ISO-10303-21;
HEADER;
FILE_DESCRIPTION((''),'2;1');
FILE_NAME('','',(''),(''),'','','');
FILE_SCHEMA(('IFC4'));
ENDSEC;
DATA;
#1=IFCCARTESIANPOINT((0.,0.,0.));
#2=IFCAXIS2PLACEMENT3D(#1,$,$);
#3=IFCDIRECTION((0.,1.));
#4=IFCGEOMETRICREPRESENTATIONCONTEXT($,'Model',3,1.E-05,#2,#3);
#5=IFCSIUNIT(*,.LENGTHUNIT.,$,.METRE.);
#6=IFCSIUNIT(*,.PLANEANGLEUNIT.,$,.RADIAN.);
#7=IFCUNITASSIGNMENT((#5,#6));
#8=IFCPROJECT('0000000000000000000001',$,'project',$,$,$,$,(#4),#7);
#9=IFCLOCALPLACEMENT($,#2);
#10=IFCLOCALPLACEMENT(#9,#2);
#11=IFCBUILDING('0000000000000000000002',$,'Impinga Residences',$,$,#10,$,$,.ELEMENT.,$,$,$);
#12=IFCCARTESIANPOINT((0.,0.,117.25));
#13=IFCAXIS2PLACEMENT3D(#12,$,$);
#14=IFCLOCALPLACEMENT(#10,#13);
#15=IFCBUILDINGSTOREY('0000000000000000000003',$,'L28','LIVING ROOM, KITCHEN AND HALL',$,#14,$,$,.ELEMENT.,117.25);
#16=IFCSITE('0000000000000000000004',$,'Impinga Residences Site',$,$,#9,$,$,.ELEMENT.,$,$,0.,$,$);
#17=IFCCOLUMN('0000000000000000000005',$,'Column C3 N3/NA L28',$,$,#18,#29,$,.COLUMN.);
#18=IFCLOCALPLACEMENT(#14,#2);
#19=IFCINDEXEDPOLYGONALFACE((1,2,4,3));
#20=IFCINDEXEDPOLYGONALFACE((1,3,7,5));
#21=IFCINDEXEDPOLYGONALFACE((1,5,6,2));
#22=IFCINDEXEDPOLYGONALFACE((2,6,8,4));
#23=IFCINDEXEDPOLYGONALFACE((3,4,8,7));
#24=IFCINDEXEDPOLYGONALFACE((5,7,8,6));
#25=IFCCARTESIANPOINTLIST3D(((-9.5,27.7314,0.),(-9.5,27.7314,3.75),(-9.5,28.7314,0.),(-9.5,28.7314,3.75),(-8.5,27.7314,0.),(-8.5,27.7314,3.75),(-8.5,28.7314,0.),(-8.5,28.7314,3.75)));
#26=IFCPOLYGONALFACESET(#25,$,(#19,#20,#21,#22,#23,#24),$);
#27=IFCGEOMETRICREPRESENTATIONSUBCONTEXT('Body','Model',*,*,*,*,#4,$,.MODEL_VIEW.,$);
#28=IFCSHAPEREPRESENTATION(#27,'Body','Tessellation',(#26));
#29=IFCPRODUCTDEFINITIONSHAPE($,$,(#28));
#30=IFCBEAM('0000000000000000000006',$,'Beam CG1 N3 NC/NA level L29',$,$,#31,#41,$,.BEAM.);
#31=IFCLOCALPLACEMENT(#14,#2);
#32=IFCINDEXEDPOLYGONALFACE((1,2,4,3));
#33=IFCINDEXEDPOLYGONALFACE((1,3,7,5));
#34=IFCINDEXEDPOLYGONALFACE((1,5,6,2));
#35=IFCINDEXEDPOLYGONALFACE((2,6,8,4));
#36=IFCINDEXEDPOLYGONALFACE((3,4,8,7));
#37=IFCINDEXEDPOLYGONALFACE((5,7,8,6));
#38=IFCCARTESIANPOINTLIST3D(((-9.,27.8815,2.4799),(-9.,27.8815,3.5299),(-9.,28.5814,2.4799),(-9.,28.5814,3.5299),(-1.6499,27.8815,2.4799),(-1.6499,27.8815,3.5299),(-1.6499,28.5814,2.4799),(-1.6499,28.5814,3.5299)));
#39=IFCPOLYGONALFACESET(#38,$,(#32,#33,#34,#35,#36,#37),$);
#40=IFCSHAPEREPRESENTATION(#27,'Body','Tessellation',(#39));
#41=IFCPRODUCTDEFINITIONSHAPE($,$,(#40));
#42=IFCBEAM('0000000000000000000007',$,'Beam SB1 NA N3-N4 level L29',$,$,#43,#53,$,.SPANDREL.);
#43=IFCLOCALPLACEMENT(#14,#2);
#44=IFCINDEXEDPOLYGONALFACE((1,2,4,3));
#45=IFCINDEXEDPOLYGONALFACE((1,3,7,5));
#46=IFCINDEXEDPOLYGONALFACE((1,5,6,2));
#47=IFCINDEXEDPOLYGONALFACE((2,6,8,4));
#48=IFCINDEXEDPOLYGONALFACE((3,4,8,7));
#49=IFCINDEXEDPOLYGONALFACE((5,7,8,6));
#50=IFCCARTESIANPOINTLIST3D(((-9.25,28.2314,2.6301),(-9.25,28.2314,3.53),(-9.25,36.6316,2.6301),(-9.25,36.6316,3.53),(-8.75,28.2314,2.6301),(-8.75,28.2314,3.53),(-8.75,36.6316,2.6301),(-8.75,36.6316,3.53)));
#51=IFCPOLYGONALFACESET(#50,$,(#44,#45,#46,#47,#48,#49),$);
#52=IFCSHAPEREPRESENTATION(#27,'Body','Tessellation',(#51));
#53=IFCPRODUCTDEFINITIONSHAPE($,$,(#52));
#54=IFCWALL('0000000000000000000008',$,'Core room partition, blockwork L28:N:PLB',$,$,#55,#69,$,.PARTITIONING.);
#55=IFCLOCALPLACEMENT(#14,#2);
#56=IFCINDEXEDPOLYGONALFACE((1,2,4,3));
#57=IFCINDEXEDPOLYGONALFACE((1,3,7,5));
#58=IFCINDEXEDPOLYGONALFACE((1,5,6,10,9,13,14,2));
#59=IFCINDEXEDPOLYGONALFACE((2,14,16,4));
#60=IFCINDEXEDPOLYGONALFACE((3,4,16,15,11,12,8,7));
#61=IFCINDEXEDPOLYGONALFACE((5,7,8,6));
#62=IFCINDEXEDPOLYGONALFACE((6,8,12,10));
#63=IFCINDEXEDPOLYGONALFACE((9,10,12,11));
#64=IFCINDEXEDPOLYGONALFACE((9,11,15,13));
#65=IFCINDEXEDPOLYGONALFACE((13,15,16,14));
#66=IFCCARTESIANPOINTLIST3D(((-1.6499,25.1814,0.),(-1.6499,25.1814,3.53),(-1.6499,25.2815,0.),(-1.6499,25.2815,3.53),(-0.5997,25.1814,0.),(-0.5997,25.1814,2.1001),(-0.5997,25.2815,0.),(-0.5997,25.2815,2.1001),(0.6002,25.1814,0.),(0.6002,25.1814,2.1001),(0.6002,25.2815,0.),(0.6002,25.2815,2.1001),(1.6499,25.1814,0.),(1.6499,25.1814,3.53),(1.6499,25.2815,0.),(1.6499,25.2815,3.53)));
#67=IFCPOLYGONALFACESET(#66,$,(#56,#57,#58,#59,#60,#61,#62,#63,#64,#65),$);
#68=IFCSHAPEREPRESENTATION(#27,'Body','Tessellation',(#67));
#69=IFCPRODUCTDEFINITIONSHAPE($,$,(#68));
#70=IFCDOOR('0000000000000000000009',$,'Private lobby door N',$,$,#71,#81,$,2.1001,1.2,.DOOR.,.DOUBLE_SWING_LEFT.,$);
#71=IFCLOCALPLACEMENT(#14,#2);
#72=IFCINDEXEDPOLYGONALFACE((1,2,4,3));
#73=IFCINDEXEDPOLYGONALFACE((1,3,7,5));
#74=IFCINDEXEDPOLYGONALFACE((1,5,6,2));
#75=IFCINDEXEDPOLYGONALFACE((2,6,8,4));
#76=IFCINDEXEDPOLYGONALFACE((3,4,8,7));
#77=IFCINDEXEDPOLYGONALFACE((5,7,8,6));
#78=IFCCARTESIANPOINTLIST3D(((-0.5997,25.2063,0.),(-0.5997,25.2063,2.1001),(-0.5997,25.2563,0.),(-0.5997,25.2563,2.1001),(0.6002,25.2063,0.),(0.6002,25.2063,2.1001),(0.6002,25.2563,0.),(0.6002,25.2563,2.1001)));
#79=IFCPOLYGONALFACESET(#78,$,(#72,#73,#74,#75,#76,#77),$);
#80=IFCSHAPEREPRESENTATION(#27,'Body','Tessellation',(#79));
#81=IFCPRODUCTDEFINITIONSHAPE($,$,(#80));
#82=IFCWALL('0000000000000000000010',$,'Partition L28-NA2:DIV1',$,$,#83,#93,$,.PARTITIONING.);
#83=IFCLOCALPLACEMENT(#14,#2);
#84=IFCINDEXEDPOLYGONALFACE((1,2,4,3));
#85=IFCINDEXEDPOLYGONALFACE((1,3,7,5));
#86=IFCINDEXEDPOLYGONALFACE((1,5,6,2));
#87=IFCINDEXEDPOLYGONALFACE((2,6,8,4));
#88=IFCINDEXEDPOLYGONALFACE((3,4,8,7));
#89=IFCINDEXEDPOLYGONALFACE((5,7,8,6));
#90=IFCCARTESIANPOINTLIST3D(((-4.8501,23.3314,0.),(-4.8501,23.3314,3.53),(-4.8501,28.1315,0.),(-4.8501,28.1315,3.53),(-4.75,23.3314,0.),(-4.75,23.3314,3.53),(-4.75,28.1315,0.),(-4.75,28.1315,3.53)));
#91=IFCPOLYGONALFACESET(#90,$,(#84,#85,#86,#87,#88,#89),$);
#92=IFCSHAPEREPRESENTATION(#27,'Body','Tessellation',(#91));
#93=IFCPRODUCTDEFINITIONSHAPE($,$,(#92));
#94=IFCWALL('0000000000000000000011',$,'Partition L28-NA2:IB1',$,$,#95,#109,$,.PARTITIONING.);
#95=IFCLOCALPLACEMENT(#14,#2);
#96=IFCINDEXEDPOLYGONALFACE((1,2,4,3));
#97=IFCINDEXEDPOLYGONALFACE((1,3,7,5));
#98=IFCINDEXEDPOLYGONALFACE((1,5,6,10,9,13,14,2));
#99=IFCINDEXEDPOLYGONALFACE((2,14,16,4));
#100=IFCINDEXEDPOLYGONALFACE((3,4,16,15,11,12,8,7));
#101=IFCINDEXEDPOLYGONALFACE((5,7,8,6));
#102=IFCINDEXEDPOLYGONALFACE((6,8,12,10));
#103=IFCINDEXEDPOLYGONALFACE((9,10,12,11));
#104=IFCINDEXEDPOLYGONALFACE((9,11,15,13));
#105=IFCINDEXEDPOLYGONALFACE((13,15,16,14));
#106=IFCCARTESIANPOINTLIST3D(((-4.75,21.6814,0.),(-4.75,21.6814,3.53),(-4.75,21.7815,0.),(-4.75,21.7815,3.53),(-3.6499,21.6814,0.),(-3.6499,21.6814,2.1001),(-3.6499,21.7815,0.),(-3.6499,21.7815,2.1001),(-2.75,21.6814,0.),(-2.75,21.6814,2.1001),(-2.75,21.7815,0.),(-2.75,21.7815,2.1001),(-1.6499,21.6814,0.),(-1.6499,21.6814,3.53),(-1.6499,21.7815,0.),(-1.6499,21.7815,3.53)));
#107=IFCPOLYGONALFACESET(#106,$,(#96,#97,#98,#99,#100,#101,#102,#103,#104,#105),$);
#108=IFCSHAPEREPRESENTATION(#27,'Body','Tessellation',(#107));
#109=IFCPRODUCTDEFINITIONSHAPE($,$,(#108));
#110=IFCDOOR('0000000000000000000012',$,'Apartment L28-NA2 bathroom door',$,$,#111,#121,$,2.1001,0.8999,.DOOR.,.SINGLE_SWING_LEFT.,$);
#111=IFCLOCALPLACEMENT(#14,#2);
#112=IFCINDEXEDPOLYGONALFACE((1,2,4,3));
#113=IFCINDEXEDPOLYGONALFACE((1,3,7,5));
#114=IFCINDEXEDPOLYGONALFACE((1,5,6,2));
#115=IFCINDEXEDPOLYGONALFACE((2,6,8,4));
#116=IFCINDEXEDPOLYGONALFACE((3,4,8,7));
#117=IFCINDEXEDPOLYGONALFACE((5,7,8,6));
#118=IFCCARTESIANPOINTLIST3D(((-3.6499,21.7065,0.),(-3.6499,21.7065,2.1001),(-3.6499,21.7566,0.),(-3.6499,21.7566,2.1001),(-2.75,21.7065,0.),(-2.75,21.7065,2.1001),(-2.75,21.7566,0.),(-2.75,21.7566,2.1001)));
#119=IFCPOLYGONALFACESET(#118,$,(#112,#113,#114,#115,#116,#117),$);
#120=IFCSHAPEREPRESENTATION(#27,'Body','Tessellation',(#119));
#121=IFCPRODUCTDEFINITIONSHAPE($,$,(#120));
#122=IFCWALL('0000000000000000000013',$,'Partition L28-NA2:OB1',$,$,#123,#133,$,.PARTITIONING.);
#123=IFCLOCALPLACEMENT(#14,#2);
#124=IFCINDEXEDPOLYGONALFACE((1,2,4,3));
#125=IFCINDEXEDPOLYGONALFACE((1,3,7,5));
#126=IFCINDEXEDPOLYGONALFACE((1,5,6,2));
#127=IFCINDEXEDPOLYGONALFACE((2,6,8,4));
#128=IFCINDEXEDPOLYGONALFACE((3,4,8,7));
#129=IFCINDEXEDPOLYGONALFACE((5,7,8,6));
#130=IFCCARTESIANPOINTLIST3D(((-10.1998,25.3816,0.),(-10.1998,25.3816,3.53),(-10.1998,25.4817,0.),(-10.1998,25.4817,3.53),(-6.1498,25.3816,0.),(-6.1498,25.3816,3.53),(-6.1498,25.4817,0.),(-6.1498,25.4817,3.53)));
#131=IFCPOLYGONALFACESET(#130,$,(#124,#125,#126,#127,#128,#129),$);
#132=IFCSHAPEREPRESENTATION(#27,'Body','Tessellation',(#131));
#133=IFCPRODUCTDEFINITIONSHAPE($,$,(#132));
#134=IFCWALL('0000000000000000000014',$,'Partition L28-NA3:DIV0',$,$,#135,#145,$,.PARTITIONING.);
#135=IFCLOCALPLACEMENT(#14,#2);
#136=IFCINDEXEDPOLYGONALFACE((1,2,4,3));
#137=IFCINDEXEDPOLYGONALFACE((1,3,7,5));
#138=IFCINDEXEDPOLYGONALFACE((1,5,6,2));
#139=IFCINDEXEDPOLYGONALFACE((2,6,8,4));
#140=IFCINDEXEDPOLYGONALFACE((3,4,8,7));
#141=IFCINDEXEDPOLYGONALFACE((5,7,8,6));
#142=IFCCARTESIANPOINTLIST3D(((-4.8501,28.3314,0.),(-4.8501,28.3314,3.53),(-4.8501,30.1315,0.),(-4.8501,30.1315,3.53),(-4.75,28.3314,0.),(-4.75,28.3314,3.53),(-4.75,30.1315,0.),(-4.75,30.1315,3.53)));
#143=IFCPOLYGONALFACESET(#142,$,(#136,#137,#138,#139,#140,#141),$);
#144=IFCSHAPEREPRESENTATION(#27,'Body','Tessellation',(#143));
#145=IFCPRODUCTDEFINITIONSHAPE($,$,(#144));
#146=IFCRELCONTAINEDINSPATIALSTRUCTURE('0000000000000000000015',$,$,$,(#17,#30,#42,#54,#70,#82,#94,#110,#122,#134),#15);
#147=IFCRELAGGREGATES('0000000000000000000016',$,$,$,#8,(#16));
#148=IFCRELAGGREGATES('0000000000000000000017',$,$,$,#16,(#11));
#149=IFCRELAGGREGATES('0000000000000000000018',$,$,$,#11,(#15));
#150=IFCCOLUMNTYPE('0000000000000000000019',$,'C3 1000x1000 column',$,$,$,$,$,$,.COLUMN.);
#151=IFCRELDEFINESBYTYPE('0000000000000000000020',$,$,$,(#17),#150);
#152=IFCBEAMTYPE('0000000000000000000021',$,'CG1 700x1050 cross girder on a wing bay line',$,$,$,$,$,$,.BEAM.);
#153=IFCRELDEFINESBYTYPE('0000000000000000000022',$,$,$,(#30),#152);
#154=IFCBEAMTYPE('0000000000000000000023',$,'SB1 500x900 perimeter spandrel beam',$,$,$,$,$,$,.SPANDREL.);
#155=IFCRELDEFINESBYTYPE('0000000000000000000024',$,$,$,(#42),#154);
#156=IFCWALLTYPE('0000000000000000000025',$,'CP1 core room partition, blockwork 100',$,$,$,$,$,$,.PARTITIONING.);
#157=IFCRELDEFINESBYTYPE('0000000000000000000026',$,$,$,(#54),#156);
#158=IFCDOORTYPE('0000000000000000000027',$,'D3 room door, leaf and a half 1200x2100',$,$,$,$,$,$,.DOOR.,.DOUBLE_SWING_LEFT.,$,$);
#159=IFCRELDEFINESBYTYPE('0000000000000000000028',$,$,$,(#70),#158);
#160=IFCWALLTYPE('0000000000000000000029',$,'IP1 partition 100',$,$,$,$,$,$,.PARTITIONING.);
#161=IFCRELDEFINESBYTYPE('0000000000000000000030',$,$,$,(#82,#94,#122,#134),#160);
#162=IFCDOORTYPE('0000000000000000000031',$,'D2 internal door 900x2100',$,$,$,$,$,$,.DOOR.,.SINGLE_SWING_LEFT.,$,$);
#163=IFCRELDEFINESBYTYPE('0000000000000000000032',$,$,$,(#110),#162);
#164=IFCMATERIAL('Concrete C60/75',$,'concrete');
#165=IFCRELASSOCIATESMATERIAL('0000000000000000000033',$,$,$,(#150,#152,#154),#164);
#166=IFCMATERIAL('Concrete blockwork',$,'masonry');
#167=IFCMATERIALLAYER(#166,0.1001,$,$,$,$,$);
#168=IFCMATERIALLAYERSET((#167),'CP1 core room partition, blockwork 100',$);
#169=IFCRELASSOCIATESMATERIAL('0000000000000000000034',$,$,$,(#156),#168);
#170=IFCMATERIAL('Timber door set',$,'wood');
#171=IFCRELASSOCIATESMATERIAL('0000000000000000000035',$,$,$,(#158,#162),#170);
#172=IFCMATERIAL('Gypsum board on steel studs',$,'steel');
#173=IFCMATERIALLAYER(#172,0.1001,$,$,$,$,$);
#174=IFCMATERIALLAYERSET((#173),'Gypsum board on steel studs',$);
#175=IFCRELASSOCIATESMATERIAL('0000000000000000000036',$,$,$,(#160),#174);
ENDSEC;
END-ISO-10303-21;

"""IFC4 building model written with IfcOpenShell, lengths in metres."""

from ifc_helpers import new_model, si_unit, direction, frame, frame_2d, origin, origin_2d, place, context, subcontext, project, spatial, rectangle, extrude, material, layer, layer_set, material_profile, profile_set, type_object, element, fill, save


model = new_model("IFC4")

# Units and contexts
model_context = context("Model", 3, precision=1e-05, world=origin(), true_north=direction((0.0, 1.0)))
body_context = subcontext(model_context, "Body", "Model", "MODEL_VIEW")
ifc_project = project(units=[si_unit("LENGTHUNIT", "METRE"), si_unit("PLANEANGLEUNIT", "RADIAN")], contexts=[model_context])

# Site, building, storey
site_placement = place(None, origin())
site = spatial("IfcSite", under=ifc_project, at=site_placement, Name="Impinga Residences Site", CompositionType="ELEMENT", RefElevation=0.0)
building_placement = place(site_placement, origin())
building = spatial("IfcBuilding", under=site, at=building_placement, Name="Impinga Residences", CompositionType="ELEMENT")
storey_placement = place(building_placement, frame((0.0, 0.0, 117.25)))
storey = spatial("IfcBuildingStorey", under=building, at=storey_placement, Name="L28", Description="LIVING ROOM, KITCHEN AND HALL", CompositionType="ELEMENT", Elevation=117.25)

# Column
ifc_material_1 = material(Name="Concrete C60/75", Category="concrete")
ifc_material_profile_1 = material_profile(ifc_material_1, rectangle(XDim=1.0, YDim=1.0, at=origin_2d()), Name="RC 1000x1000")
ifc_profile_set_1 = profile_set([ifc_material_profile_1], Name="Concrete C60/75")
column_type = type_object("IfcColumnType", Name="C3 1000x1000 column", PredefinedType="COLUMN", material=ifc_profile_set_1)
column_placement = place(storey_placement, frame((-9.0, 28.2314, 0.0), z_axis=(0.0, 0.0, 1.0), x_axis=(1.0, 0.0, 0.0)))
element("IfcColumn", 1, at=column_placement, inside=storey, type_object=column_type, Name="Column C3 N3/NA L28", PredefinedType="COLUMN", context=body_context, shape_type="SweptSolid", body=[
    extrude(rectangle(XDim=1.0, YDim=1.0, at=origin_2d()), origin(), (0.0, 0.0, 1.0), 3.75),
])

# Beams
ifc_material_profile_2 = material_profile(ifc_material_1, rectangle(XDim=0.7, YDim=1.05, at=origin_2d()), Name="RC 700x1050")
ifc_profile_set_2 = profile_set([ifc_material_profile_2], Name="Concrete C60/75")
beam_type_1 = type_object("IfcBeamType", Name="CG1 700x1050 cross girder on a wing bay line", PredefinedType="BEAM", material=ifc_profile_set_2)
beam_1_placement = place(storey_placement, frame((-1.6499, 28.2314, 3.0049), z_axis=(-1.0, 0.0, 0.0), x_axis=(0.0, -1.0, 0.0)))
element("IfcBeam", 2, at=beam_1_placement, inside=storey, type_object=beam_type_1, Name="Beam CG1 N3 NC/NA level L29", PredefinedType="BEAM", context=body_context, shape_type="SweptSolid", body=[
    extrude(rectangle(XDim=0.7, YDim=1.05, at=origin_2d()), origin(), (0.0, 0.0, 1.0), 7.3501),
])
ifc_material_profile_3 = material_profile(ifc_material_1, rectangle(XDim=0.5, YDim=0.8999, at=origin_2d()), Name="RC 500x900")
ifc_profile_set_3 = profile_set([ifc_material_profile_3], Name="Concrete C60/75")
beam_type_2 = type_object("IfcBeamType", Name="SB1 500x900 perimeter spandrel beam", PredefinedType="SPANDREL", material=ifc_profile_set_3)
beam_2_placement = place(storey_placement, frame((-9.0, 28.2314, 3.0801), z_axis=(0.0, 1.0, 0.0), x_axis=(-1.0, 0.0, 0.0)))
element("IfcBeam", 3, at=beam_2_placement, inside=storey, type_object=beam_type_2, Name="Beam SB1 NA N3-N4 level L29", PredefinedType="SPANDREL", context=body_context, shape_type="SweptSolid", body=[
    extrude(rectangle(XDim=0.5, YDim=0.8999, at=origin_2d()), origin(), (0.0, 0.0, 1.0), 8.4001),
])

# Wall, opening, door
ifc_material_2 = material(Name="Concrete blockwork", Category="masonry")
ifc_layer_1 = layer(ifc_material_2, 0.1001)
ifc_layer_set_1 = layer_set([ifc_layer_1], Name="CP1 core room partition, blockwork 100")
wall_type_1 = type_object("IfcWallType", Name="CP1 core room partition, blockwork 100", PredefinedType="PARTITIONING", material=ifc_layer_set_1)
wall_1_placement = place(storey_placement, frame((-1.6499, 25.2314, 0.0), z_axis=(0.0, 0.0, 1.0), x_axis=(1.0, 0.0, 0.0)))
wall_1 = element("IfcWall", 4, at=wall_1_placement, inside=storey, type_object=wall_type_1, Name="Core room partition, blockwork L28:N:PLB", PredefinedType="PARTITIONING", context=body_context, shape_type="SweptSolid", body=[
    extrude(rectangle(XDim=3.2998, YDim=0.1001, at=frame_2d((1.6499, 0.0))), origin(), (0.0, 0.0, 1.0), 3.53),
])
opening_1_placement = place(wall_1_placement, frame((1.05, 0.0, 0.0)))
opening_1 = element("IfcOpeningElement", 5, at=opening_1_placement, cuts=wall_1, PredefinedType="OPENING", context=body_context, shape_type="SweptSolid", body=[
    extrude(rectangle(XDim=1.2, YDim=2.1001, at=frame_2d((0.6001, 1.05))), frame((0.0, 0.0601, 0.0), z_axis=(0.0, -1.0, 0.0), x_axis=(1.0, 0.0, 0.0)), (0.0, 0.0, 1.0), 0.1201),
])
ifc_material_3 = material(Name="Timber door set", Category="wood")
door_type_1 = type_object("IfcDoorType", Name="D3 room door, leaf and a half 1200x2100", OperationType="DOUBLE_SWING_LEFT", PredefinedType="DOOR", material=ifc_material_3)
door_1_placement = place(opening_1_placement, origin())
door_1 = element("IfcDoor", 6, at=door_1_placement, inside=storey, type_object=door_type_1, Name="Private lobby door N", OperationType="DOUBLE_SWING_LEFT", OverallHeight=2.1001, OverallWidth=1.2, PredefinedType="DOOR", context=body_context, shape_type="SweptSolid", body=[
    extrude(rectangle(XDim=1.2, YDim=2.1001, at=frame_2d((0.6001, 1.05))), frame((0.0, 0.0249, 0.0), z_axis=(0.0, -1.0, 0.0), x_axis=(1.0, 0.0, 0.0)), (0.0, 0.0, 1.0), 0.05),
])
fill(opening_1, door_1)

# Wall
ifc_material_4 = material(Name="Gypsum board on steel studs", Category="steel")
ifc_layer_2 = layer(ifc_material_4, 0.1001)
ifc_layer_set_2 = layer_set([ifc_layer_2], Name="Gypsum board on steel studs")
wall_type_2 = type_object("IfcWallType", Name="IP1 partition 100", PredefinedType="PARTITIONING", material=ifc_layer_set_2)
wall_2_placement = place(storey_placement, frame((-4.8, 23.3315, 0.0), z_axis=(0.0, 0.0, 1.0), x_axis=(0.0, 1.0, 0.0)))
element("IfcWall", 7, at=wall_2_placement, inside=storey, type_object=wall_type_2, Name="Partition L28-NA2:DIV1", PredefinedType="PARTITIONING", context=body_context, shape_type="SweptSolid", body=[
    extrude(rectangle(XDim=4.8, YDim=0.1001, at=frame_2d((2.3999, 0.0))), origin(), (0.0, 0.0, 1.0), 3.53),
])

# Wall, opening, door
wall_3_placement = place(storey_placement, frame((-1.6499, 21.7314, 0.0), z_axis=(0.0, 0.0, 1.0), x_axis=(-1.0, 0.0, 0.0)))
wall_3 = element("IfcWall", 8, at=wall_3_placement, inside=storey, type_object=wall_type_2, Name="Partition L28-NA2:IB1", PredefinedType="PARTITIONING", context=body_context, shape_type="SweptSolid", body=[
    extrude(rectangle(XDim=3.1001, YDim=0.1001, at=frame_2d((1.55, 0.0))), origin(), (0.0, 0.0, 1.0), 3.53),
])
opening_2_placement = place(wall_3_placement, frame((1.1001, 0.0, 0.0)))
opening_2 = element("IfcOpeningElement", 9, at=opening_2_placement, cuts=wall_3, PredefinedType="OPENING", context=body_context, shape_type="SweptSolid", body=[
    extrude(rectangle(XDim=0.8999, YDim=2.1001, at=frame_2d((0.45, 1.05))), frame((0.0, 0.0601, 0.0), z_axis=(0.0, -1.0, 0.0), x_axis=(1.0, 0.0, 0.0)), (0.0, 0.0, 1.0), 0.1201),
])
door_type_2 = type_object("IfcDoorType", Name="D2 internal door 900x2100", OperationType="SINGLE_SWING_LEFT", PredefinedType="DOOR", material=ifc_material_3)
door_2_placement = place(opening_2_placement, origin())
door_2 = element("IfcDoor", 10, at=door_2_placement, inside=storey, type_object=door_type_2, Name="Apartment L28-NA2 bathroom door", OperationType="SINGLE_SWING_LEFT", OverallHeight=2.1001, OverallWidth=0.8999, PredefinedType="DOOR", context=body_context, shape_type="SweptSolid", body=[
    extrude(rectangle(XDim=0.8999, YDim=2.1001, at=frame_2d((0.45, 1.05))), frame((0.0, 0.0249, 0.0), z_axis=(0.0, -1.0, 0.0), x_axis=(1.0, 0.0, 0.0)), (0.0, 0.0, 1.0), 0.05),
])
fill(opening_2, door_2)

# Walls
wall_4_placement = place(storey_placement, frame((-6.1499, 25.4316, 0.0), z_axis=(0.0, 0.0, 1.0), x_axis=(-1.0, 0.0, 0.0)))
element("IfcWall", 11, at=wall_4_placement, inside=storey, type_object=wall_type_2, Name="Partition L28-NA2:OB1", PredefinedType="PARTITIONING", context=body_context, shape_type="SweptSolid", body=[
    extrude(rectangle(XDim=4.05, YDim=0.1001, at=frame_2d((2.0249, 0.0))), origin(), (0.0, 0.0, 1.0), 3.53),
])
wall_5_placement = place(storey_placement, frame((-4.8, 28.3315, 0.0), z_axis=(0.0, 0.0, 1.0), x_axis=(0.0, 1.0, 0.0)))
element("IfcWall", 12, at=wall_5_placement, inside=storey, type_object=wall_type_2, Name="Partition L28-NA3:DIV0", PredefinedType="PARTITIONING", context=body_context, shape_type="SweptSolid", body=[
    extrude(rectangle(XDim=1.8, YDim=0.1001, at=frame_2d((0.8999, 0.0))), origin(), (0.0, 0.0, 1.0), 3.53),
])

save(model, "model.ifc")
